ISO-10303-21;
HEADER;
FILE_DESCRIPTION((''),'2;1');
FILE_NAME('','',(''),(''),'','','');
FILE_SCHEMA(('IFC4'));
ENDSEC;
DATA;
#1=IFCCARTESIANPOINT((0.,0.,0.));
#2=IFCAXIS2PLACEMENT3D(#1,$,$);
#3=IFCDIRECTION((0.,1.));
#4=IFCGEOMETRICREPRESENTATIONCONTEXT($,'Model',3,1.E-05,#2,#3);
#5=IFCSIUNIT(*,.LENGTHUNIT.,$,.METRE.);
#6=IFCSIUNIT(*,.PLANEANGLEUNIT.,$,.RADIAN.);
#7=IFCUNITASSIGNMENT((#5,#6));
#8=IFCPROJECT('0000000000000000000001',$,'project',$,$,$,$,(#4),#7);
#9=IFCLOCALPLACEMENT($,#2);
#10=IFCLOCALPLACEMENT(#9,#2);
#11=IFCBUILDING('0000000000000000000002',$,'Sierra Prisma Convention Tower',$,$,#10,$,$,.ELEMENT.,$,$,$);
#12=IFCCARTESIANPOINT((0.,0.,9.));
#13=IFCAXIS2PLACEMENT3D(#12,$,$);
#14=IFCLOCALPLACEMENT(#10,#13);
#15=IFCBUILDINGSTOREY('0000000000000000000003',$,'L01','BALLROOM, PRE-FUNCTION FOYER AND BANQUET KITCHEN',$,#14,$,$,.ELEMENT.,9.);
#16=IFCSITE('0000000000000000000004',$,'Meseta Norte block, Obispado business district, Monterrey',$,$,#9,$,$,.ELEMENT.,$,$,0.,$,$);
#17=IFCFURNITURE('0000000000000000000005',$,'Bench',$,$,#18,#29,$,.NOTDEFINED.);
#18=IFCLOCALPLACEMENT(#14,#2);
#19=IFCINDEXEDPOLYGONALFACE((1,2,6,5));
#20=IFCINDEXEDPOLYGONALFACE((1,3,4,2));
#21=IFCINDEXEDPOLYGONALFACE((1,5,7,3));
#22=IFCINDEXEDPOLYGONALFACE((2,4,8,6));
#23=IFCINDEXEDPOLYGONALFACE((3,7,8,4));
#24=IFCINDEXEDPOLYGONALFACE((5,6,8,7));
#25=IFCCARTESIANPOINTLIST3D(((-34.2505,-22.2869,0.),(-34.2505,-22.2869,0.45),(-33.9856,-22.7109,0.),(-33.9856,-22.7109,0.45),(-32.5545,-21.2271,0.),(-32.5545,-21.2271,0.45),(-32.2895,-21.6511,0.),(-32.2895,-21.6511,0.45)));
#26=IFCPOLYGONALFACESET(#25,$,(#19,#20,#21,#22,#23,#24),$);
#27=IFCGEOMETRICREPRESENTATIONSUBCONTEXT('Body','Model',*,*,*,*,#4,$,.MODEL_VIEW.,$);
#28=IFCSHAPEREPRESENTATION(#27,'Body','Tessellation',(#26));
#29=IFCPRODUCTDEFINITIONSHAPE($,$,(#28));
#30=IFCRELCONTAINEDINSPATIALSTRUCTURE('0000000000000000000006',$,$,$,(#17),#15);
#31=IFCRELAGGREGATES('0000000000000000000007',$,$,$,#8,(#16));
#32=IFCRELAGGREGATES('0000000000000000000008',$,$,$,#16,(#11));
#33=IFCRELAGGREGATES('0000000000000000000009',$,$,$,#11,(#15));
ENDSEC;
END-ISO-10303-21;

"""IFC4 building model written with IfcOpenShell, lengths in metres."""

from ifc_helpers import new_model, si_unit, direction, frame, origin, origin_2d, place, context, subcontext, project, spatial, rectangle, extrude, element, save


model = new_model("IFC4")

# Units and contexts
model_context = context("Model", 3, precision=1e-05, world=origin(), true_north=direction((0.0, 1.0)))
body_context = subcontext(model_context, "Body", "Model", "MODEL_VIEW")
ifc_project = project(units=[si_unit("LENGTHUNIT", "METRE"), si_unit("PLANEANGLEUNIT", "RADIAN")], contexts=[model_context])

# Site, building, storey
site_placement = place(None, origin())
site = spatial("IfcSite", under=ifc_project, at=site_placement, Name="Meseta Norte block, Obispado business district, Monterrey", CompositionType="ELEMENT", RefElevation=0.0)
building_placement = place(site_placement, origin())
building = spatial("IfcBuilding", under=site, at=building_placement, Name="Sierra Prisma Convention Tower", CompositionType="ELEMENT")
storey_placement = place(building_placement, frame((0.0, 0.0, 9.0)))
storey = spatial("IfcBuildingStorey", under=building, at=storey_placement, Name="L01", Description="BALLROOM, PRE-FUNCTION FOYER AND BANQUET KITCHEN", CompositionType="ELEMENT", Elevation=9.0)

# Furniture
furniture_placement = place(storey_placement, frame((-33.27, -21.969, 0.0), z_axis=(0.0, 0.0, 1.0), x_axis=(-0.848048, -0.529919, 0.0)))
element("IfcFurniture", 1, at=furniture_placement, inside=storey, Name="Bench", PredefinedType="NOTDEFINED", context=body_context, shape_type="SweptSolid", body=[
    extrude(rectangle(XDim=2.0, YDim=0.5, at=origin_2d()), origin(), (0.0, 0.0, 1.0), 0.45),
])

save(model, "model.ifc")
